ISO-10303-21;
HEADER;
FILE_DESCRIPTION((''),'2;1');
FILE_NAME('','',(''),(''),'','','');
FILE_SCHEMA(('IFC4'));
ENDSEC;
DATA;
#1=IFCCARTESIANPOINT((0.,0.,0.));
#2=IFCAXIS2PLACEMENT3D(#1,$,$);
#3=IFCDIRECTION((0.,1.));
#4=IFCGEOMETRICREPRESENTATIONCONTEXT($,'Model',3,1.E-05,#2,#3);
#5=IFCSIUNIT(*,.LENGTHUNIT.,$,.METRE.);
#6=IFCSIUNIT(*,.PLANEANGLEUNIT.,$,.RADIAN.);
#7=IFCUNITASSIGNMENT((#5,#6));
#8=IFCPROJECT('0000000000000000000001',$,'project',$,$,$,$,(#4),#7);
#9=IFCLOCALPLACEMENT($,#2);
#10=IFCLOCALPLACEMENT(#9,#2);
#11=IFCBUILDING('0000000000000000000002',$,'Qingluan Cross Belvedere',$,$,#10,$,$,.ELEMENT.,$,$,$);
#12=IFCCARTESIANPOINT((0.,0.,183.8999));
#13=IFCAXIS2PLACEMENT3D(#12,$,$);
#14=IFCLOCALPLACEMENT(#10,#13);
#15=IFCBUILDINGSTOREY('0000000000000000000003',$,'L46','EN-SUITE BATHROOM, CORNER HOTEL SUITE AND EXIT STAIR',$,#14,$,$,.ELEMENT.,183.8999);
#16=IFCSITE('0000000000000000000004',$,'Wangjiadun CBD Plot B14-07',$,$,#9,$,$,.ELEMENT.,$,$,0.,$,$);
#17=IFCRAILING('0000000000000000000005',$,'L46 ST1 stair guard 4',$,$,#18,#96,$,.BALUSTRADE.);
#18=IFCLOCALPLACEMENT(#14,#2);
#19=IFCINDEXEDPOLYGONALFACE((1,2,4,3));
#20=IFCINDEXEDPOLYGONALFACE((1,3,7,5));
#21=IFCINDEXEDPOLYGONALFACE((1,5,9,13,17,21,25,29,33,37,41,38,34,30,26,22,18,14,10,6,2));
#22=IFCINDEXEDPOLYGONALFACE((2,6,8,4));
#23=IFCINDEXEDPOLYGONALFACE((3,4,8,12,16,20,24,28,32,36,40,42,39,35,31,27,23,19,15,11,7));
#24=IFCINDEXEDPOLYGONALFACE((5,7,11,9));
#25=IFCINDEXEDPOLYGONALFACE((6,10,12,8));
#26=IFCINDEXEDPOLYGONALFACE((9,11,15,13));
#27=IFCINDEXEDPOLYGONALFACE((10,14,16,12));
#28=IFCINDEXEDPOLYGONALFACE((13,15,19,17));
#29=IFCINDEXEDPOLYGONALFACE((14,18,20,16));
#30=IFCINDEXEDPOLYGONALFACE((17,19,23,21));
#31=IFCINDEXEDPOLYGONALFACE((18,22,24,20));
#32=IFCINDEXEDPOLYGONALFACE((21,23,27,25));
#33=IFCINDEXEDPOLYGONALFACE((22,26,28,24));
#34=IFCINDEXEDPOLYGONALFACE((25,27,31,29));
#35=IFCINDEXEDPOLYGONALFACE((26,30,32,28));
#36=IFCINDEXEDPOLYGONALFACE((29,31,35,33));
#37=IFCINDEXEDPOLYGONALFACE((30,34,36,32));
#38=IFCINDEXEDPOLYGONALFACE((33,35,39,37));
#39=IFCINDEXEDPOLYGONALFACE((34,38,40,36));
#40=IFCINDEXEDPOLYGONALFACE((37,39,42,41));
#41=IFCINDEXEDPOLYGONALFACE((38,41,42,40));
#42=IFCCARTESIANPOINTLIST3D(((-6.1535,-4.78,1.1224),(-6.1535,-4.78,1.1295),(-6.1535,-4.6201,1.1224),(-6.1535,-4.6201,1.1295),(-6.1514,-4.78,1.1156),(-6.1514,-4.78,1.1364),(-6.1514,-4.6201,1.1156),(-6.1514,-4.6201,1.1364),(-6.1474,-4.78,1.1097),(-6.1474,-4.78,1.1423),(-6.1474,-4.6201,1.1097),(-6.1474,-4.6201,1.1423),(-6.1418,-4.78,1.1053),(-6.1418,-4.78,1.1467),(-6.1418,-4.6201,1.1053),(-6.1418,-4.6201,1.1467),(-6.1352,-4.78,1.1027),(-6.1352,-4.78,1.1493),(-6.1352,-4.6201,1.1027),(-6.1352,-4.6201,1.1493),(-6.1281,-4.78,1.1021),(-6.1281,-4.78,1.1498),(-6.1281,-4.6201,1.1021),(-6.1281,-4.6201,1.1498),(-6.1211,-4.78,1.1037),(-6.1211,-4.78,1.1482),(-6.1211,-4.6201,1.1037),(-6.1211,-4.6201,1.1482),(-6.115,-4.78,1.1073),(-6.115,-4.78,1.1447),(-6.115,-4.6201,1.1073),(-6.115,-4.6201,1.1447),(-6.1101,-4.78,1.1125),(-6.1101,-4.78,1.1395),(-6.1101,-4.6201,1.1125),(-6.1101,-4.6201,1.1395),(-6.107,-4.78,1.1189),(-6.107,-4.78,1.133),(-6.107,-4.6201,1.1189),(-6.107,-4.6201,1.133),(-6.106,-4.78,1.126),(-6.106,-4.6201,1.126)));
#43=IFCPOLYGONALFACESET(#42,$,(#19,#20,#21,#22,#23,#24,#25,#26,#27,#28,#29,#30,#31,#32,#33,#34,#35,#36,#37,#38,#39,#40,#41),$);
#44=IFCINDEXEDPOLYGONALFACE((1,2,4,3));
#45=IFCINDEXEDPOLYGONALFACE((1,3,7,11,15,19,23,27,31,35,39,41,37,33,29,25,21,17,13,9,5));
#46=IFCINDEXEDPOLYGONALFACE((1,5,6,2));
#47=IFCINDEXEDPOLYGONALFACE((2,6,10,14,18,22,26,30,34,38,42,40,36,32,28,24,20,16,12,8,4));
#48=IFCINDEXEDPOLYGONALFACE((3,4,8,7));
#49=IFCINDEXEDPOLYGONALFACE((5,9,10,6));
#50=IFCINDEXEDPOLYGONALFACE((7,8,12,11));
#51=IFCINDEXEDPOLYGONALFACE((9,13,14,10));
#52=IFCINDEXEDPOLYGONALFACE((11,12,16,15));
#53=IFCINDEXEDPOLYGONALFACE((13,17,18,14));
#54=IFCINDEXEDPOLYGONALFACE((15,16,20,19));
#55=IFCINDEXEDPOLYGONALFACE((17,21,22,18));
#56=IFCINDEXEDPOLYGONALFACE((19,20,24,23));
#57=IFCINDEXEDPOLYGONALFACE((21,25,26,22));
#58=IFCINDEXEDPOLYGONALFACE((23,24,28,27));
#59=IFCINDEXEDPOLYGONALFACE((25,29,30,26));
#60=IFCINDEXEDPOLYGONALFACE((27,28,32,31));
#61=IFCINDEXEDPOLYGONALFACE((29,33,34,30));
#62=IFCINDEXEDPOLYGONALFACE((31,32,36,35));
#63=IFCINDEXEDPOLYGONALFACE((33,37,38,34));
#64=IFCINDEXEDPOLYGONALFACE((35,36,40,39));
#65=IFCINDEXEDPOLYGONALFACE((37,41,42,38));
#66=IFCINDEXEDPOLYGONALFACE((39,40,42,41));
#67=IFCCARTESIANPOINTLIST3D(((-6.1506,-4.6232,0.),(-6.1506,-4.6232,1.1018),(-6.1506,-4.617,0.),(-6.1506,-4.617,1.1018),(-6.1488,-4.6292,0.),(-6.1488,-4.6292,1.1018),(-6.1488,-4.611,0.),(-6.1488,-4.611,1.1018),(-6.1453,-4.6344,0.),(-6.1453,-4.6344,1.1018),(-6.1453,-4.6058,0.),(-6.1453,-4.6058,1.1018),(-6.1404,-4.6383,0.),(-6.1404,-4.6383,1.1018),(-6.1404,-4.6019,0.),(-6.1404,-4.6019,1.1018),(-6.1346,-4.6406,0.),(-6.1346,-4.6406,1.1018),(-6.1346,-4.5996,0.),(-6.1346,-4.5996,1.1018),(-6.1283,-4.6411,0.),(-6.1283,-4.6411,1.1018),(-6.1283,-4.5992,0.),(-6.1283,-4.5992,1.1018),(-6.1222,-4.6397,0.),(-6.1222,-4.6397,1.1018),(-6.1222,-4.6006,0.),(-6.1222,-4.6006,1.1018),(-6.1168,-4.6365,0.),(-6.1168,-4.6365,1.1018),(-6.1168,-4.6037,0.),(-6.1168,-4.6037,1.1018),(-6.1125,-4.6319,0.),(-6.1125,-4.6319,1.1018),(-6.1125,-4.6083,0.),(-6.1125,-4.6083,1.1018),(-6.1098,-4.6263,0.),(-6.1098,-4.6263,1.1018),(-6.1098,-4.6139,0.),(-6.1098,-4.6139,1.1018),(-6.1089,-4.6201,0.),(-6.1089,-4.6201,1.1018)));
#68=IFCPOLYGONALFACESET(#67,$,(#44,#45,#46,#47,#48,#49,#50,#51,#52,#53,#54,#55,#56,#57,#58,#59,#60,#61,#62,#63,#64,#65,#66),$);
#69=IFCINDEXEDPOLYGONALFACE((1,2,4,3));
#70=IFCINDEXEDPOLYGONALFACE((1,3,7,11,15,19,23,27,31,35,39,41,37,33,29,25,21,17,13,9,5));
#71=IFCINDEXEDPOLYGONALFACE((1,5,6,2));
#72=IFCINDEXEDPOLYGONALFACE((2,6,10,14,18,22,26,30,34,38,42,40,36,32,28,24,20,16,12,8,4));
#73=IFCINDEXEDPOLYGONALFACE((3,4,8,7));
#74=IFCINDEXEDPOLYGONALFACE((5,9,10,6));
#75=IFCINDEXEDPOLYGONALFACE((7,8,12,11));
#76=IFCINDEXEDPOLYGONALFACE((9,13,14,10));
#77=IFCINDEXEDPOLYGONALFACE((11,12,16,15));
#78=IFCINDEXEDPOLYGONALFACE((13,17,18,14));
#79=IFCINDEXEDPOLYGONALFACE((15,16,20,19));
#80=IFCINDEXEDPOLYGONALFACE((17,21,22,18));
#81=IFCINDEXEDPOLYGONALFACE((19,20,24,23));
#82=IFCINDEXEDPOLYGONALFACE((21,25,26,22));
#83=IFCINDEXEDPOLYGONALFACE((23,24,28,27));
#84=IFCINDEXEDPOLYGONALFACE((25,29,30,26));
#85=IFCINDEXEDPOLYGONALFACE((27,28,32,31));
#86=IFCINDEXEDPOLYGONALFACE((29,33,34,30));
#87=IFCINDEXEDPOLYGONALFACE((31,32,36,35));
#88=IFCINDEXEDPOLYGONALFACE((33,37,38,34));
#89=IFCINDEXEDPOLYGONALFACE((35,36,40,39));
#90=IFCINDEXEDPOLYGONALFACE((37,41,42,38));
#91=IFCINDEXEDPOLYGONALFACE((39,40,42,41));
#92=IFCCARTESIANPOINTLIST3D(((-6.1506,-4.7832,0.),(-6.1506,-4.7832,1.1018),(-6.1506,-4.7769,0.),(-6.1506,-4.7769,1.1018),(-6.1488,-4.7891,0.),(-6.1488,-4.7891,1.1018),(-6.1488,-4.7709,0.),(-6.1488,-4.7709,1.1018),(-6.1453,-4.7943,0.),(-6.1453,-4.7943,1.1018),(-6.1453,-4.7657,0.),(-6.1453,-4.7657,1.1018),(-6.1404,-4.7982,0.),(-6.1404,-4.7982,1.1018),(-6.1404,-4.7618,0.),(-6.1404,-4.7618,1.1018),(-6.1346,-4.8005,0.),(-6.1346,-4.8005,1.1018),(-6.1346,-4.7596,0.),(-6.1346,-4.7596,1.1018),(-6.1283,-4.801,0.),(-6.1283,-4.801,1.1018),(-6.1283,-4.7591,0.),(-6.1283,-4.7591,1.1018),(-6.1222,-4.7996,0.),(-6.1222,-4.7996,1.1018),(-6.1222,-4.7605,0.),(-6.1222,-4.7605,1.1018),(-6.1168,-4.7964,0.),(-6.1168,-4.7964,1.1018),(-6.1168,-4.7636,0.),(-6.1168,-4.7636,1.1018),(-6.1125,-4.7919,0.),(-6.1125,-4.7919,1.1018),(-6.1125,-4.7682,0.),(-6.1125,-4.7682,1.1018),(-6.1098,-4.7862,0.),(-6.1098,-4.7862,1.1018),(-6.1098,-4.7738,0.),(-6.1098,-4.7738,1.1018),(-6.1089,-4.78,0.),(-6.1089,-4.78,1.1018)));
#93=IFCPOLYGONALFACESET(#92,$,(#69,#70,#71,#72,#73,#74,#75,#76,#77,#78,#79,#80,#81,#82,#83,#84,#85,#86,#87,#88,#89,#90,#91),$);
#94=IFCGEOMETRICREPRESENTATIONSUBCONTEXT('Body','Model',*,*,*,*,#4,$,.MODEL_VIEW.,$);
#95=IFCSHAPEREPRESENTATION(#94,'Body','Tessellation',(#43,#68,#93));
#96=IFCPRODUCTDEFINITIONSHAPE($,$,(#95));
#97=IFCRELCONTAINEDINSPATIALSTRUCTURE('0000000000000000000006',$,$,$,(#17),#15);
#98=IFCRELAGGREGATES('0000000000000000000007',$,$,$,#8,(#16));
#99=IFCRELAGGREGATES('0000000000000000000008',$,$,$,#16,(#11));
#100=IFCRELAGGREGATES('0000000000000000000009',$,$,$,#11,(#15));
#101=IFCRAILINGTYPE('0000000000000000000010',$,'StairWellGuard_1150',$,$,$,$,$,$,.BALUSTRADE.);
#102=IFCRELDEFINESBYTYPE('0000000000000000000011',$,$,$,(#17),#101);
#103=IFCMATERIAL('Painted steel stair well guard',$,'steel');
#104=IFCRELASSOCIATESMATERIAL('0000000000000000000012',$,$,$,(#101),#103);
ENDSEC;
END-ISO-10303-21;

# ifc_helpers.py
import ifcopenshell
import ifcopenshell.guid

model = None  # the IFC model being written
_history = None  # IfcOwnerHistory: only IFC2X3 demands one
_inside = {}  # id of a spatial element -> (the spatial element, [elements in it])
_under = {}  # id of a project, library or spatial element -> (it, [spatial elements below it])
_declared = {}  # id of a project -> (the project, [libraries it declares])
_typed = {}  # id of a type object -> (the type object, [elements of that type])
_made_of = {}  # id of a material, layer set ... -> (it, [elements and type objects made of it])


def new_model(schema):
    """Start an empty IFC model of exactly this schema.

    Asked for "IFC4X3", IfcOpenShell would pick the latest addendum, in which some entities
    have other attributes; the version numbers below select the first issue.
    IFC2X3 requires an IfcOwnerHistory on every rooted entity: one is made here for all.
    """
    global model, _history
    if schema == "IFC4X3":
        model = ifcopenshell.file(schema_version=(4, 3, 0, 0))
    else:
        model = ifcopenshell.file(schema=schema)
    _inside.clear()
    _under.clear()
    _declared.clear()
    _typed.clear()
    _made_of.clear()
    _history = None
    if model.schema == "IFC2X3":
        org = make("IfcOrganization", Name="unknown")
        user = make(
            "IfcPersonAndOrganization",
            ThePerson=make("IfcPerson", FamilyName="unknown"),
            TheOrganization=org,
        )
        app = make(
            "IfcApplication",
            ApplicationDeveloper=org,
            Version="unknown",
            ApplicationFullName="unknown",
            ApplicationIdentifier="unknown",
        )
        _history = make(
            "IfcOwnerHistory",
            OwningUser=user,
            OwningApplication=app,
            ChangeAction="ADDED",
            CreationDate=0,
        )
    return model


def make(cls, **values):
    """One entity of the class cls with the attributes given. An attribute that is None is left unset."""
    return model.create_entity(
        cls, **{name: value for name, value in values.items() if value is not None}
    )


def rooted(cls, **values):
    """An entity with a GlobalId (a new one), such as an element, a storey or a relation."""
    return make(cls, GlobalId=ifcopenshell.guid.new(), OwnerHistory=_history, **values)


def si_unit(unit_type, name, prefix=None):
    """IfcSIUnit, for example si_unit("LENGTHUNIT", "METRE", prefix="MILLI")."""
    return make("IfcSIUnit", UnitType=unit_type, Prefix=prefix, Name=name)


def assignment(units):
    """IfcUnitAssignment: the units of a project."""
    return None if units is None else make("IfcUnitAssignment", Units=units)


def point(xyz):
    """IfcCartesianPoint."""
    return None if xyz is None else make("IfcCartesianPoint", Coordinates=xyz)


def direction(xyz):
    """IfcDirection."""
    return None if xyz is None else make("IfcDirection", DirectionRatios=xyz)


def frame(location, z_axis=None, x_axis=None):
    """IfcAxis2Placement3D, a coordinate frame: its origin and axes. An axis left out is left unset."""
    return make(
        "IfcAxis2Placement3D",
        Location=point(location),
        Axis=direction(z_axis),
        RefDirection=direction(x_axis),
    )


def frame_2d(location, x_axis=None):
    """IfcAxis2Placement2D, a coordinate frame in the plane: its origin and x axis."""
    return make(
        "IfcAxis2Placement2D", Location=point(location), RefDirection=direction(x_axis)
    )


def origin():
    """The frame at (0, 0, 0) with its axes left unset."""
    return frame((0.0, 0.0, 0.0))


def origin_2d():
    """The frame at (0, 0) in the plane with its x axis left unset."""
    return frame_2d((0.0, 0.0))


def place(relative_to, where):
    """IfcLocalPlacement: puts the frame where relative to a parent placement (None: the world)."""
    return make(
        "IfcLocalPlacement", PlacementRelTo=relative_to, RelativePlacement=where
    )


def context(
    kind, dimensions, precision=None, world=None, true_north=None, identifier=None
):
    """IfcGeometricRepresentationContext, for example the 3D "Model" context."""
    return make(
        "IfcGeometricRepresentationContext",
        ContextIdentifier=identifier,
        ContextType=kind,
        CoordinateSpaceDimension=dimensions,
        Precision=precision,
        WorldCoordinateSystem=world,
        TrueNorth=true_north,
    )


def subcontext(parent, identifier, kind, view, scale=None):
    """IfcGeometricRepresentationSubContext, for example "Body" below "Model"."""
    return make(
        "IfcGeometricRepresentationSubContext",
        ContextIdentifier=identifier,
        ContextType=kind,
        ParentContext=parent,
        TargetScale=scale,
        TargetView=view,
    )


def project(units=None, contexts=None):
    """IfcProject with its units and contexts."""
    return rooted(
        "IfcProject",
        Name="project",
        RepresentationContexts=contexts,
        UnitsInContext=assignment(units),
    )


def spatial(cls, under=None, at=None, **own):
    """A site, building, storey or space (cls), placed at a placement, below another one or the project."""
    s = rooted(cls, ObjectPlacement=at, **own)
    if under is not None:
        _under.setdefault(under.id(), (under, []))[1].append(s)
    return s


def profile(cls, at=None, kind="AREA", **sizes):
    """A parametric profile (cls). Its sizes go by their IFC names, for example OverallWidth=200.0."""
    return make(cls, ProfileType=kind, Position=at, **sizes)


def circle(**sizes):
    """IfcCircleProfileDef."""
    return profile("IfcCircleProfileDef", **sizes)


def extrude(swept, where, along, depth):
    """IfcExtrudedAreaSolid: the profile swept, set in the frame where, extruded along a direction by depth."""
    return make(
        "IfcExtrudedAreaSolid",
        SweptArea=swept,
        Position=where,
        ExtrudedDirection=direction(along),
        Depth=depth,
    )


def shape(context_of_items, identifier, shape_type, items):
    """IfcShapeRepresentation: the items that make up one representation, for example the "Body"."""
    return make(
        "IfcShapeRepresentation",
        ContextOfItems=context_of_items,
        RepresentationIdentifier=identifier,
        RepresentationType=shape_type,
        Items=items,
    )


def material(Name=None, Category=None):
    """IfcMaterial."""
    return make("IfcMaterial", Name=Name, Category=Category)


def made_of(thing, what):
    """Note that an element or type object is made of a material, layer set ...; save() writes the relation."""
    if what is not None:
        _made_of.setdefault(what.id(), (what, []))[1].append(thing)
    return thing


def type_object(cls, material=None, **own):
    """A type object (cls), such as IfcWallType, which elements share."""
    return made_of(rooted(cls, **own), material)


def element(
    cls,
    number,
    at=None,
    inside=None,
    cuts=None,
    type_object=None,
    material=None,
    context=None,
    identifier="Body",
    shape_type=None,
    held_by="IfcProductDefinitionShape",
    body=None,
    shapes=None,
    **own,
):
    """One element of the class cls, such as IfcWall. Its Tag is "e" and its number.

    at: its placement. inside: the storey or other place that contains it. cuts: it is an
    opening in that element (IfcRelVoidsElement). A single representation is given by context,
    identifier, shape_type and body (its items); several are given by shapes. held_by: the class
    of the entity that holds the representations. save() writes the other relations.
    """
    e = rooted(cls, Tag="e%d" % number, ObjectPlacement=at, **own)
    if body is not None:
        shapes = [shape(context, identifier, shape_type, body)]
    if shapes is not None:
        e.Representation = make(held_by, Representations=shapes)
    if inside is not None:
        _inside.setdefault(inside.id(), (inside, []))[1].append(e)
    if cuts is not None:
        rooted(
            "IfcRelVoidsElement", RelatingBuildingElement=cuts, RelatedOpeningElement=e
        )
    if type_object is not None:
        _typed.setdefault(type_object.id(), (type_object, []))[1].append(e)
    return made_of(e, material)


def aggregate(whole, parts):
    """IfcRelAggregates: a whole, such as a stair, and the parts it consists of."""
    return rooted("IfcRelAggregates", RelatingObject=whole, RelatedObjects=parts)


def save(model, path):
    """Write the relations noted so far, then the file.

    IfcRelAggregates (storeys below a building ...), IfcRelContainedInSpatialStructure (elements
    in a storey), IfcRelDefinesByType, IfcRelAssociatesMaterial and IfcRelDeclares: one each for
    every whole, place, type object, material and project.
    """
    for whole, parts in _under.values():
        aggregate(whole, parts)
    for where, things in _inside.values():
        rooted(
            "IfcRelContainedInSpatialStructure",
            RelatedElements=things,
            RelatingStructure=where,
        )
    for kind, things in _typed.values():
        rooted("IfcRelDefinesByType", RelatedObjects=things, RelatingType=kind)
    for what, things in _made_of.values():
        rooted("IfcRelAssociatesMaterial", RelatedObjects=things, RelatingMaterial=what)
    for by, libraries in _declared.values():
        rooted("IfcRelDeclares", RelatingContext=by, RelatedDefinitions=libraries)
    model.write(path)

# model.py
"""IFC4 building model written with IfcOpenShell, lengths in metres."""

from ifc_helpers import new_model, si_unit, direction, frame, origin, origin_2d, place, context, subcontext, project, spatial, circle, extrude, material, type_object, element, save


model = new_model("IFC4")

# Units and contexts
model_context = context("Model", 3, precision=1e-05, world=origin(), true_north=direction((0.0, 1.0)))
body_context = subcontext(model_context, "Body", "Model", "MODEL_VIEW")
ifc_project = project(units=[si_unit("LENGTHUNIT", "METRE"), si_unit("PLANEANGLEUNIT", "RADIAN")], contexts=[model_context])

# Site, building, storey
site_placement = place(None, origin())
site = spatial("IfcSite", under=ifc_project, at=site_placement, Name="Wangjiadun CBD Plot B14-07", CompositionType="ELEMENT", RefElevation=0.0)
building_placement = place(site_placement, origin())
building = spatial("IfcBuilding", under=site, at=building_placement, Name="Qingluan Cross Belvedere", CompositionType="ELEMENT")
storey_placement = place(building_placement, frame((0.0, 0.0, 183.8999)))
storey = spatial("IfcBuildingStorey", under=building, at=storey_placement, Name="L46", Description="EN-SUITE BATHROOM, CORNER HOTEL SUITE AND EXIT STAIR", CompositionType="ELEMENT", Elevation=183.8999)

# Railing
ifc_material_1 = material(Name="Painted steel stair well guard", Category="steel")
railing_type_1 = type_object("IfcRailingType", Name="StairWellGuard_1150", PredefinedType="BALUSTRADE", material=ifc_material_1)
railing_1_placement = place(storey_placement, frame((-6.1299, -4.6201, 0.0)))
element("IfcRailing", 1, at=railing_1_placement, inside=storey, type_object=railing_type_1, Name="L46 ST1 stair guard 4", PredefinedType="BALUSTRADE", context=body_context, shape_type="SweptSolid", body=[
    extrude(circle(Radius=0.0239, at=origin_2d()), frame((0.0, 0.0, 1.126), z_axis=(0.0, -1.0, 0.0), x_axis=(1.0, 0.0, 0.0)), (0.0, 0.0, 1.0), 0.1599),
    extrude(circle(Radius=0.021, at=origin_2d()), origin(), (0.0, 0.0, 1.0), 1.1018),
    extrude(circle(Radius=0.021, at=origin_2d()), frame((0.0, -0.1599, 0.0)), (0.0, 0.0, 1.0), 1.1018),
])

save(model, "model.ifc")
